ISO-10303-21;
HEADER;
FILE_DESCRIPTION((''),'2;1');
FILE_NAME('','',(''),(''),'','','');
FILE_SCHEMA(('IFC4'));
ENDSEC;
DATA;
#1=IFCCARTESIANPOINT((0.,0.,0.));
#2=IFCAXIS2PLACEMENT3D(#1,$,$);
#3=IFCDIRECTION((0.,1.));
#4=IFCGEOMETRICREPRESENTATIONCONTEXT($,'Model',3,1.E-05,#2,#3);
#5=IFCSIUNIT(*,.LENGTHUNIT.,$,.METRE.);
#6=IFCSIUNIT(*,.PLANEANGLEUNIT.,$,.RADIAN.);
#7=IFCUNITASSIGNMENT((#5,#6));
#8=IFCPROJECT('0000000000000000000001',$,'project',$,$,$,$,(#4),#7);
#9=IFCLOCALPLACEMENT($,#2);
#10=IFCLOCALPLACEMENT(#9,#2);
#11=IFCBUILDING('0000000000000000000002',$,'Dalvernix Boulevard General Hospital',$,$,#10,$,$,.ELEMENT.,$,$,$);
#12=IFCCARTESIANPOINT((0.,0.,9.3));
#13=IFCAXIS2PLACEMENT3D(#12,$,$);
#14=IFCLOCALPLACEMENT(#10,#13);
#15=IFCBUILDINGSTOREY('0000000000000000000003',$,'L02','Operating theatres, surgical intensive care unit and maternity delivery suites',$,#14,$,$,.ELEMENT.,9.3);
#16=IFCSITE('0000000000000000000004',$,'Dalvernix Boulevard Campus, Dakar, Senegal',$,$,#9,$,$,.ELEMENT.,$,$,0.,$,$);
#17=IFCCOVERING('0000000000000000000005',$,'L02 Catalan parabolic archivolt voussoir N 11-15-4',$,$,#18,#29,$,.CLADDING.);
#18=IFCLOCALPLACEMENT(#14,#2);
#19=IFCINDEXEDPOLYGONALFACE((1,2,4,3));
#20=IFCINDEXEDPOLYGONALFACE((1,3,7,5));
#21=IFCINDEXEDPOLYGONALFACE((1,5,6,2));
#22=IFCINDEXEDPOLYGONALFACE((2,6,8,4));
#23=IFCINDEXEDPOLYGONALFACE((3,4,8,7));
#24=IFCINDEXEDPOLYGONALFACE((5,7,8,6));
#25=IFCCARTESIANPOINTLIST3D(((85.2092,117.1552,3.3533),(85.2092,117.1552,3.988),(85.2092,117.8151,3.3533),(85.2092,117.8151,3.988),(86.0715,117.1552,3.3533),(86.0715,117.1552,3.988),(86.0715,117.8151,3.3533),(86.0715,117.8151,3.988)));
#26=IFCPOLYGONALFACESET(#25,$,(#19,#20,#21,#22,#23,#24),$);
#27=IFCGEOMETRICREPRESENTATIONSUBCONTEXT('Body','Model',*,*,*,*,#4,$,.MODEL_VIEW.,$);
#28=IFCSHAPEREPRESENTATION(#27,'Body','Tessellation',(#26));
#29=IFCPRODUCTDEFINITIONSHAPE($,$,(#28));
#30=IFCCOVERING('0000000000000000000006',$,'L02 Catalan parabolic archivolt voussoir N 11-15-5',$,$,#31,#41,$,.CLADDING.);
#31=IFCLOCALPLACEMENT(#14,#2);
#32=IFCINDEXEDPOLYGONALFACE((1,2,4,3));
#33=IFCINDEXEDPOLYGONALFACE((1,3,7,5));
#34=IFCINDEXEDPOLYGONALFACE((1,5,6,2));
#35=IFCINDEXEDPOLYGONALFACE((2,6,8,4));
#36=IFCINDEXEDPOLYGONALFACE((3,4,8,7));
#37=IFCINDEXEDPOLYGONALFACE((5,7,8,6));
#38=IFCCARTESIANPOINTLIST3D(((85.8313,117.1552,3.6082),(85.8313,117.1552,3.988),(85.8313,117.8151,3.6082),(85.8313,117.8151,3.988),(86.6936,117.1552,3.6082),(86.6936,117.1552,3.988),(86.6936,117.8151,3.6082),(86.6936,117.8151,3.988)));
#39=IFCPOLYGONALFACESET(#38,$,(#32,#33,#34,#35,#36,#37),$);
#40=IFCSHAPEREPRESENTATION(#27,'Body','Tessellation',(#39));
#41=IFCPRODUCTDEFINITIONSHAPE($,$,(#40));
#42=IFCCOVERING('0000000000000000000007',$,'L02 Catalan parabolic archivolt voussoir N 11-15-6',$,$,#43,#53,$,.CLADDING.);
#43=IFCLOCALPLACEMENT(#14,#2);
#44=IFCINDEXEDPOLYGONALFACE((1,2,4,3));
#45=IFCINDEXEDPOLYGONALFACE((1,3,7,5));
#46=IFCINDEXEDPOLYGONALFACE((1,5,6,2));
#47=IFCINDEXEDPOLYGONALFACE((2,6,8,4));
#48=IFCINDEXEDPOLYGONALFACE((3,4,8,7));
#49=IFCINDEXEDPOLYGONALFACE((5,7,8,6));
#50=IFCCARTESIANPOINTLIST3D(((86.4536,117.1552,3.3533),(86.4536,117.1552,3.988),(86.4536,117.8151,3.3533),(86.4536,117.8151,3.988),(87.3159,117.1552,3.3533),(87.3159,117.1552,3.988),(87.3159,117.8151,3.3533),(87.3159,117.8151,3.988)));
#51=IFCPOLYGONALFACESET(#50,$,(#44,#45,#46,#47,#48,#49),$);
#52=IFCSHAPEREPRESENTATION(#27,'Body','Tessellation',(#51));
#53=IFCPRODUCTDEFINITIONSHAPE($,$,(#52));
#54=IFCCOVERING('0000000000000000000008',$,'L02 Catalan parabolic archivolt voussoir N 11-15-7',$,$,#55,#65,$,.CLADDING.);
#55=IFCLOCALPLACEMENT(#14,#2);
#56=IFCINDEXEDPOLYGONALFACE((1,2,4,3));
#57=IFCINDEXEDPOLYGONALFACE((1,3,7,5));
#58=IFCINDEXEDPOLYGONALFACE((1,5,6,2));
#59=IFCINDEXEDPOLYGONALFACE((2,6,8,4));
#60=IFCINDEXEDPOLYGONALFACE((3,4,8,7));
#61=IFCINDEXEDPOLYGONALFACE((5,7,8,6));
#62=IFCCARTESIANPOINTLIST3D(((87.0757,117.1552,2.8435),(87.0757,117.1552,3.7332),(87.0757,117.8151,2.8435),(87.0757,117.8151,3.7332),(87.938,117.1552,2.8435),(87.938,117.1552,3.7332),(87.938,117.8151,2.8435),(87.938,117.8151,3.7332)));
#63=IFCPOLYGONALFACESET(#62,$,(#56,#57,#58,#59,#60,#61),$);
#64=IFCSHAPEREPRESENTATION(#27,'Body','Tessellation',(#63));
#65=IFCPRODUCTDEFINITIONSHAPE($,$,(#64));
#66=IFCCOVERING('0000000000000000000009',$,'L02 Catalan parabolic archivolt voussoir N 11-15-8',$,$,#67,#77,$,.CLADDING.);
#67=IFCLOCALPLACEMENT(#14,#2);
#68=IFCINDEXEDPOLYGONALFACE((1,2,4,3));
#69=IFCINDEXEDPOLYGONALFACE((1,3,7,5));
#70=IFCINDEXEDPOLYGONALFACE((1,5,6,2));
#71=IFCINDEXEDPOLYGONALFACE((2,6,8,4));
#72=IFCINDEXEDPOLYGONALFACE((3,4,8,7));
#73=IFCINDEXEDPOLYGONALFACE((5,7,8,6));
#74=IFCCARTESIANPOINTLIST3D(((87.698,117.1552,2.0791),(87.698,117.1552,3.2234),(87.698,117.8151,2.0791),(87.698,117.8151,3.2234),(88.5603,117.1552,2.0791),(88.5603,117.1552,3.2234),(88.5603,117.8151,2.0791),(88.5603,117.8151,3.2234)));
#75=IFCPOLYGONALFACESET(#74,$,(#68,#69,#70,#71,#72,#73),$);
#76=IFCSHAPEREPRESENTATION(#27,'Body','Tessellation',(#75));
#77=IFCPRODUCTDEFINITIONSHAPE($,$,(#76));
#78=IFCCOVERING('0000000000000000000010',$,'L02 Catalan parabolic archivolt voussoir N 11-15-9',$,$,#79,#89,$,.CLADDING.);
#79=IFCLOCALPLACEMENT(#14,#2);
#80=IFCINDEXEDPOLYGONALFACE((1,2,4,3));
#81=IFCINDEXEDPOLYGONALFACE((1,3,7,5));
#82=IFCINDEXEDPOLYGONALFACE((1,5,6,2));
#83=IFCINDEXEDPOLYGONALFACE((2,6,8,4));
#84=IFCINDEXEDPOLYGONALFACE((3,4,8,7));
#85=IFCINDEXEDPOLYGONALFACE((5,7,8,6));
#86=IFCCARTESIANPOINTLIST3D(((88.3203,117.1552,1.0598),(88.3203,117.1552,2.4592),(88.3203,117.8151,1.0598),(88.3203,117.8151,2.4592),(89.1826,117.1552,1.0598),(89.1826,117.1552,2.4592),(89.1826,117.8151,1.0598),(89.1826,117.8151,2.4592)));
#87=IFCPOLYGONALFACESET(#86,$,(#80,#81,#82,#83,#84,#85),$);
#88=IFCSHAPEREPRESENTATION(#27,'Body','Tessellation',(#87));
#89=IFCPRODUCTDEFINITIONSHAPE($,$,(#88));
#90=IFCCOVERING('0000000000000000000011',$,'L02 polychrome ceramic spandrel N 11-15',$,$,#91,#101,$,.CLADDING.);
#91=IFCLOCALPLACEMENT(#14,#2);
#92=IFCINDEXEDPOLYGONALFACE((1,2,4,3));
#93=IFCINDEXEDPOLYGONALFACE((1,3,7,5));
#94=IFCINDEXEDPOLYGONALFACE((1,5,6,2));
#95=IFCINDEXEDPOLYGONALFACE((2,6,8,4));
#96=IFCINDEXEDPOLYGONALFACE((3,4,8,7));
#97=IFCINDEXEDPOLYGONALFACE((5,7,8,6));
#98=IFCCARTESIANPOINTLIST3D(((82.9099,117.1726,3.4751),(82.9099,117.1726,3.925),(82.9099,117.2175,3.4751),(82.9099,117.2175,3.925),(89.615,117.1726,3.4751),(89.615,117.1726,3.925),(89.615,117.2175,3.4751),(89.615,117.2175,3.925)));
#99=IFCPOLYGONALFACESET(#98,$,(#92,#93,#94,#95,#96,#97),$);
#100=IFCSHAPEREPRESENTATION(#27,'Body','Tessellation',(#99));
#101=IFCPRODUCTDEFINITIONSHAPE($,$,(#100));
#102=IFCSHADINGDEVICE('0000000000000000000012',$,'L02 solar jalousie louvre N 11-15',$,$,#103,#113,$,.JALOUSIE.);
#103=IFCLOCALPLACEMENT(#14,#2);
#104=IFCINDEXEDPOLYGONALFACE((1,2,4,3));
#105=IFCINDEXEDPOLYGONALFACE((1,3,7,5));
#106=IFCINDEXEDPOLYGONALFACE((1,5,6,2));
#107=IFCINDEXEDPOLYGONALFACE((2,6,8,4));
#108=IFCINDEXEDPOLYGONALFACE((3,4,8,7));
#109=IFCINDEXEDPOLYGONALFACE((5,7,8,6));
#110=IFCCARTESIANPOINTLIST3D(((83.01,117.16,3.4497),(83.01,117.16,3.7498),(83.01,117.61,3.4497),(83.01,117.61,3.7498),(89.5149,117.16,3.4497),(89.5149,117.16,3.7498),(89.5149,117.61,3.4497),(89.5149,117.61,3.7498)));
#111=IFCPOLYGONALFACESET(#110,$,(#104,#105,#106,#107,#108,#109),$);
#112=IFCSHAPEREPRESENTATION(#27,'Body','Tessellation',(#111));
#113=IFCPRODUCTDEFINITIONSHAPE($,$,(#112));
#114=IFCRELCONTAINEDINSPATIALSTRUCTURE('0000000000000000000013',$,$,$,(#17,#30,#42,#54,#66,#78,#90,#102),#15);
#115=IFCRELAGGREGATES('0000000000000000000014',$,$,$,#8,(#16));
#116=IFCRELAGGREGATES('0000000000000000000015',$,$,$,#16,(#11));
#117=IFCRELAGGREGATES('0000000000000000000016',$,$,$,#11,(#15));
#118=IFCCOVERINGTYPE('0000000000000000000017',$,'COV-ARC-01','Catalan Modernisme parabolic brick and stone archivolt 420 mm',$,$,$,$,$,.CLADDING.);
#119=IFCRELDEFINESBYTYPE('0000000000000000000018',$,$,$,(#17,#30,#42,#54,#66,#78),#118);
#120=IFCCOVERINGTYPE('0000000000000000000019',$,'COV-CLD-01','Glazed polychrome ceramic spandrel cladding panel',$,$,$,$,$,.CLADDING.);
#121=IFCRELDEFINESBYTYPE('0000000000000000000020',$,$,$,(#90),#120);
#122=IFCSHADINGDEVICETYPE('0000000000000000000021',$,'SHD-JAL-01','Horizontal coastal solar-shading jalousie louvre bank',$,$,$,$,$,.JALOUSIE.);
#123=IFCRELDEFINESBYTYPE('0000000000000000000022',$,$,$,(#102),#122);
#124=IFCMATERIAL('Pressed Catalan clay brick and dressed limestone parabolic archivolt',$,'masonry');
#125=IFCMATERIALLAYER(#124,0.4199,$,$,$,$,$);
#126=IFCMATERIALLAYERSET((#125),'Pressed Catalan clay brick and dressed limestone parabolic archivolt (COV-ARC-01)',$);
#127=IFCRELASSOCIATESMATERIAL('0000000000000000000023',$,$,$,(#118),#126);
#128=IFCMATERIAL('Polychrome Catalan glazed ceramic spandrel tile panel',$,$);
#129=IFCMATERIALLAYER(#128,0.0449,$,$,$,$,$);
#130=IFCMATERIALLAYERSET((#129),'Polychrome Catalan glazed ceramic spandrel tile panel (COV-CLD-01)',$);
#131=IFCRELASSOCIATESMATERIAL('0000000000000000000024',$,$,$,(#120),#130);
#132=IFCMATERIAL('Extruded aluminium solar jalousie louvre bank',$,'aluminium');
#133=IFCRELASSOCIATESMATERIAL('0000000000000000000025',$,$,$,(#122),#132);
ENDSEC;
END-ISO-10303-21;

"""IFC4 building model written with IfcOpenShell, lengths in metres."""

from ifc_helpers import new_model, si_unit, direction, frame, origin, origin_2d, place, context, subcontext, project, spatial, rectangle, extrude, material, layer, layer_set, type_object, element, save


model = new_model("IFC4")

# Units and contexts
model_context = context("Model", 3, precision=1e-05, world=origin(), true_north=direction((0.0, 1.0)))
body_context = subcontext(model_context, "Body", "Model", "MODEL_VIEW")
ifc_project = project(units=[si_unit("LENGTHUNIT", "METRE"), si_unit("PLANEANGLEUNIT", "RADIAN")], contexts=[model_context])

# Site, building, storey
site_placement = place(None, origin())
site = spatial("IfcSite", under=ifc_project, at=site_placement, Name="Dalvernix Boulevard Campus, Dakar, Senegal", CompositionType="ELEMENT", RefElevation=0.0)
building_placement = place(site_placement, origin())
building = spatial("IfcBuilding", under=site, at=building_placement, Name="Dalvernix Boulevard General Hospital", CompositionType="ELEMENT")
storey_placement = place(building_placement, frame((0.0, 0.0, 9.3)))
storey = spatial("IfcBuildingStorey", under=building, at=storey_placement, Name="L02", Description="Operating theatres, surgical intensive care unit and maternity delivery suites", CompositionType="ELEMENT", Elevation=9.3)

# Coverings
ifc_material_1 = material(Name="Pressed Catalan clay brick and dressed limestone parabolic archivolt", Category="masonry")
ifc_layer_1 = layer(ifc_material_1, 0.4199)
ifc_layer_set_1 = layer_set([ifc_layer_1], Name="Pressed Catalan clay brick and dressed limestone parabolic archivolt (COV-ARC-01)")
covering_type_1 = type_object("IfcCoveringType", Name="COV-ARC-01", Description="Catalan Modernisme parabolic brick and stone archivolt 420 mm", PredefinedType="CLADDING", material=ifc_layer_set_1)
covering_1_placement = place(storey_placement, frame((85.6404, 117.4851, 3.3533), z_axis=(0.0, 0.0, 1.0), x_axis=(1.0, 0.0, 0.0)))
element("IfcCovering", 1, at=covering_1_placement, inside=storey, type_object=covering_type_1, Name="L02 Catalan parabolic archivolt voussoir N 11-15-4", PredefinedType="CLADDING", context=body_context, shape_type="SweptSolid", body=[
    extrude(rectangle(XDim=0.8623, YDim=0.6599, at=origin_2d()), origin(), (0.0, 0.0, 1.0), 0.6348),
])
covering_2_placement = place(storey_placement, frame((86.2625, 117.4851, 3.6082), z_axis=(0.0, 0.0, 1.0), x_axis=(1.0, 0.0, 0.0)))
element("IfcCovering", 2, at=covering_2_placement, inside=storey, type_object=covering_type_1, Name="L02 Catalan parabolic archivolt voussoir N 11-15-5", PredefinedType="CLADDING", context=body_context, shape_type="SweptSolid", body=[
    extrude(rectangle(XDim=0.8623, YDim=0.6599, at=origin_2d()), origin(), (0.0, 0.0, 1.0), 0.3799),
])
covering_3_placement = place(storey_placement, frame((86.8848, 117.4851, 3.3533), z_axis=(0.0, 0.0, 1.0), x_axis=(1.0, 0.0, 0.0)))
element("IfcCovering", 3, at=covering_3_placement, inside=storey, type_object=covering_type_1, Name="L02 Catalan parabolic archivolt voussoir N 11-15-6", PredefinedType="CLADDING", context=body_context, shape_type="SweptSolid", body=[
    extrude(rectangle(XDim=0.8623, YDim=0.6599, at=origin_2d()), origin(), (0.0, 0.0, 1.0), 0.6348),
])
covering_4_placement = place(storey_placement, frame((87.5068, 117.4851, 2.8435), z_axis=(0.0, 0.0, 1.0), x_axis=(1.0, 0.0, 0.0)))
element("IfcCovering", 4, at=covering_4_placement, inside=storey, type_object=covering_type_1, Name="L02 Catalan parabolic archivolt voussoir N 11-15-7", PredefinedType="CLADDING", context=body_context, shape_type="SweptSolid", body=[
    extrude(rectangle(XDim=0.8623, YDim=0.6599, at=origin_2d()), origin(), (0.0, 0.0, 1.0), 0.8896),
])
covering_5_placement = place(storey_placement, frame((88.1292, 117.4851, 2.0791), z_axis=(0.0, 0.0, 1.0), x_axis=(1.0, 0.0, 0.0)))
element("IfcCovering", 5, at=covering_5_placement, inside=storey, type_object=covering_type_1, Name="L02 Catalan parabolic archivolt voussoir N 11-15-8", PredefinedType="CLADDING", context=body_context, shape_type="SweptSolid", body=[
    extrude(rectangle(XDim=0.8623, YDim=0.6599, at=origin_2d()), origin(), (0.0, 0.0, 1.0), 1.1443),
])
covering_6_placement = place(storey_placement, frame((88.7515, 117.4851, 1.0598), z_axis=(0.0, 0.0, 1.0), x_axis=(1.0, 0.0, 0.0)))
element("IfcCovering", 6, at=covering_6_placement, inside=storey, type_object=covering_type_1, Name="L02 Catalan parabolic archivolt voussoir N 11-15-9", PredefinedType="CLADDING", context=body_context, shape_type="SweptSolid", body=[
    extrude(rectangle(XDim=0.8623, YDim=0.6599, at=origin_2d()), origin(), (0.0, 0.0, 1.0), 1.3994),
])
ifc_material_2 = material(Name="Polychrome Catalan glazed ceramic spandrel tile panel")
ifc_layer_2 = layer(ifc_material_2, 0.0449)
ifc_layer_set_2 = layer_set([ifc_layer_2], Name="Polychrome Catalan glazed ceramic spandrel tile panel (COV-CLD-01)")
covering_type_2 = type_object("IfcCoveringType", Name="COV-CLD-01", Description="Glazed polychrome ceramic spandrel cladding panel", PredefinedType="CLADDING", material=ifc_layer_set_2)
covering_7_placement = place(storey_placement, frame((86.2625, 117.1951, 3.4751), z_axis=(0.0, 0.0, 1.0), x_axis=(1.0, 0.0, 0.0)))
element("IfcCovering", 7, at=covering_7_placement, inside=storey, type_object=covering_type_2, Name="L02 polychrome ceramic spandrel N 11-15", PredefinedType="CLADDING", context=body_context, shape_type="SweptSolid", body=[
    extrude(rectangle(XDim=6.7051, YDim=0.0449, at=origin_2d()), origin(), (0.0, 0.0, 1.0), 0.45),
])

# Shading device
ifc_material_3 = material(Name="Extruded aluminium solar jalousie louvre bank", Category="aluminium")
shading_device_type = type_object("IfcShadingDeviceType", Name="SHD-JAL-01", Description="Horizontal coastal solar-shading jalousie louvre bank", PredefinedType="JALOUSIE", material=ifc_material_3)
shading_device_placement = place(storey_placement, frame((86.2625, 117.385, 3.4497), z_axis=(0.0, 0.0, 1.0), x_axis=(1.0, 0.0, 0.0)))
element("IfcShadingDevice", 8, at=shading_device_placement, inside=storey, type_object=shading_device_type, Name="L02 solar jalousie louvre N 11-15", PredefinedType="JALOUSIE", context=body_context, shape_type="SweptSolid", body=[
    extrude(rectangle(XDim=6.5049, YDim=0.45, at=origin_2d()), origin(), (0.0, 0.0, 1.0), 0.3),
])

save(model, "model.ifc")
